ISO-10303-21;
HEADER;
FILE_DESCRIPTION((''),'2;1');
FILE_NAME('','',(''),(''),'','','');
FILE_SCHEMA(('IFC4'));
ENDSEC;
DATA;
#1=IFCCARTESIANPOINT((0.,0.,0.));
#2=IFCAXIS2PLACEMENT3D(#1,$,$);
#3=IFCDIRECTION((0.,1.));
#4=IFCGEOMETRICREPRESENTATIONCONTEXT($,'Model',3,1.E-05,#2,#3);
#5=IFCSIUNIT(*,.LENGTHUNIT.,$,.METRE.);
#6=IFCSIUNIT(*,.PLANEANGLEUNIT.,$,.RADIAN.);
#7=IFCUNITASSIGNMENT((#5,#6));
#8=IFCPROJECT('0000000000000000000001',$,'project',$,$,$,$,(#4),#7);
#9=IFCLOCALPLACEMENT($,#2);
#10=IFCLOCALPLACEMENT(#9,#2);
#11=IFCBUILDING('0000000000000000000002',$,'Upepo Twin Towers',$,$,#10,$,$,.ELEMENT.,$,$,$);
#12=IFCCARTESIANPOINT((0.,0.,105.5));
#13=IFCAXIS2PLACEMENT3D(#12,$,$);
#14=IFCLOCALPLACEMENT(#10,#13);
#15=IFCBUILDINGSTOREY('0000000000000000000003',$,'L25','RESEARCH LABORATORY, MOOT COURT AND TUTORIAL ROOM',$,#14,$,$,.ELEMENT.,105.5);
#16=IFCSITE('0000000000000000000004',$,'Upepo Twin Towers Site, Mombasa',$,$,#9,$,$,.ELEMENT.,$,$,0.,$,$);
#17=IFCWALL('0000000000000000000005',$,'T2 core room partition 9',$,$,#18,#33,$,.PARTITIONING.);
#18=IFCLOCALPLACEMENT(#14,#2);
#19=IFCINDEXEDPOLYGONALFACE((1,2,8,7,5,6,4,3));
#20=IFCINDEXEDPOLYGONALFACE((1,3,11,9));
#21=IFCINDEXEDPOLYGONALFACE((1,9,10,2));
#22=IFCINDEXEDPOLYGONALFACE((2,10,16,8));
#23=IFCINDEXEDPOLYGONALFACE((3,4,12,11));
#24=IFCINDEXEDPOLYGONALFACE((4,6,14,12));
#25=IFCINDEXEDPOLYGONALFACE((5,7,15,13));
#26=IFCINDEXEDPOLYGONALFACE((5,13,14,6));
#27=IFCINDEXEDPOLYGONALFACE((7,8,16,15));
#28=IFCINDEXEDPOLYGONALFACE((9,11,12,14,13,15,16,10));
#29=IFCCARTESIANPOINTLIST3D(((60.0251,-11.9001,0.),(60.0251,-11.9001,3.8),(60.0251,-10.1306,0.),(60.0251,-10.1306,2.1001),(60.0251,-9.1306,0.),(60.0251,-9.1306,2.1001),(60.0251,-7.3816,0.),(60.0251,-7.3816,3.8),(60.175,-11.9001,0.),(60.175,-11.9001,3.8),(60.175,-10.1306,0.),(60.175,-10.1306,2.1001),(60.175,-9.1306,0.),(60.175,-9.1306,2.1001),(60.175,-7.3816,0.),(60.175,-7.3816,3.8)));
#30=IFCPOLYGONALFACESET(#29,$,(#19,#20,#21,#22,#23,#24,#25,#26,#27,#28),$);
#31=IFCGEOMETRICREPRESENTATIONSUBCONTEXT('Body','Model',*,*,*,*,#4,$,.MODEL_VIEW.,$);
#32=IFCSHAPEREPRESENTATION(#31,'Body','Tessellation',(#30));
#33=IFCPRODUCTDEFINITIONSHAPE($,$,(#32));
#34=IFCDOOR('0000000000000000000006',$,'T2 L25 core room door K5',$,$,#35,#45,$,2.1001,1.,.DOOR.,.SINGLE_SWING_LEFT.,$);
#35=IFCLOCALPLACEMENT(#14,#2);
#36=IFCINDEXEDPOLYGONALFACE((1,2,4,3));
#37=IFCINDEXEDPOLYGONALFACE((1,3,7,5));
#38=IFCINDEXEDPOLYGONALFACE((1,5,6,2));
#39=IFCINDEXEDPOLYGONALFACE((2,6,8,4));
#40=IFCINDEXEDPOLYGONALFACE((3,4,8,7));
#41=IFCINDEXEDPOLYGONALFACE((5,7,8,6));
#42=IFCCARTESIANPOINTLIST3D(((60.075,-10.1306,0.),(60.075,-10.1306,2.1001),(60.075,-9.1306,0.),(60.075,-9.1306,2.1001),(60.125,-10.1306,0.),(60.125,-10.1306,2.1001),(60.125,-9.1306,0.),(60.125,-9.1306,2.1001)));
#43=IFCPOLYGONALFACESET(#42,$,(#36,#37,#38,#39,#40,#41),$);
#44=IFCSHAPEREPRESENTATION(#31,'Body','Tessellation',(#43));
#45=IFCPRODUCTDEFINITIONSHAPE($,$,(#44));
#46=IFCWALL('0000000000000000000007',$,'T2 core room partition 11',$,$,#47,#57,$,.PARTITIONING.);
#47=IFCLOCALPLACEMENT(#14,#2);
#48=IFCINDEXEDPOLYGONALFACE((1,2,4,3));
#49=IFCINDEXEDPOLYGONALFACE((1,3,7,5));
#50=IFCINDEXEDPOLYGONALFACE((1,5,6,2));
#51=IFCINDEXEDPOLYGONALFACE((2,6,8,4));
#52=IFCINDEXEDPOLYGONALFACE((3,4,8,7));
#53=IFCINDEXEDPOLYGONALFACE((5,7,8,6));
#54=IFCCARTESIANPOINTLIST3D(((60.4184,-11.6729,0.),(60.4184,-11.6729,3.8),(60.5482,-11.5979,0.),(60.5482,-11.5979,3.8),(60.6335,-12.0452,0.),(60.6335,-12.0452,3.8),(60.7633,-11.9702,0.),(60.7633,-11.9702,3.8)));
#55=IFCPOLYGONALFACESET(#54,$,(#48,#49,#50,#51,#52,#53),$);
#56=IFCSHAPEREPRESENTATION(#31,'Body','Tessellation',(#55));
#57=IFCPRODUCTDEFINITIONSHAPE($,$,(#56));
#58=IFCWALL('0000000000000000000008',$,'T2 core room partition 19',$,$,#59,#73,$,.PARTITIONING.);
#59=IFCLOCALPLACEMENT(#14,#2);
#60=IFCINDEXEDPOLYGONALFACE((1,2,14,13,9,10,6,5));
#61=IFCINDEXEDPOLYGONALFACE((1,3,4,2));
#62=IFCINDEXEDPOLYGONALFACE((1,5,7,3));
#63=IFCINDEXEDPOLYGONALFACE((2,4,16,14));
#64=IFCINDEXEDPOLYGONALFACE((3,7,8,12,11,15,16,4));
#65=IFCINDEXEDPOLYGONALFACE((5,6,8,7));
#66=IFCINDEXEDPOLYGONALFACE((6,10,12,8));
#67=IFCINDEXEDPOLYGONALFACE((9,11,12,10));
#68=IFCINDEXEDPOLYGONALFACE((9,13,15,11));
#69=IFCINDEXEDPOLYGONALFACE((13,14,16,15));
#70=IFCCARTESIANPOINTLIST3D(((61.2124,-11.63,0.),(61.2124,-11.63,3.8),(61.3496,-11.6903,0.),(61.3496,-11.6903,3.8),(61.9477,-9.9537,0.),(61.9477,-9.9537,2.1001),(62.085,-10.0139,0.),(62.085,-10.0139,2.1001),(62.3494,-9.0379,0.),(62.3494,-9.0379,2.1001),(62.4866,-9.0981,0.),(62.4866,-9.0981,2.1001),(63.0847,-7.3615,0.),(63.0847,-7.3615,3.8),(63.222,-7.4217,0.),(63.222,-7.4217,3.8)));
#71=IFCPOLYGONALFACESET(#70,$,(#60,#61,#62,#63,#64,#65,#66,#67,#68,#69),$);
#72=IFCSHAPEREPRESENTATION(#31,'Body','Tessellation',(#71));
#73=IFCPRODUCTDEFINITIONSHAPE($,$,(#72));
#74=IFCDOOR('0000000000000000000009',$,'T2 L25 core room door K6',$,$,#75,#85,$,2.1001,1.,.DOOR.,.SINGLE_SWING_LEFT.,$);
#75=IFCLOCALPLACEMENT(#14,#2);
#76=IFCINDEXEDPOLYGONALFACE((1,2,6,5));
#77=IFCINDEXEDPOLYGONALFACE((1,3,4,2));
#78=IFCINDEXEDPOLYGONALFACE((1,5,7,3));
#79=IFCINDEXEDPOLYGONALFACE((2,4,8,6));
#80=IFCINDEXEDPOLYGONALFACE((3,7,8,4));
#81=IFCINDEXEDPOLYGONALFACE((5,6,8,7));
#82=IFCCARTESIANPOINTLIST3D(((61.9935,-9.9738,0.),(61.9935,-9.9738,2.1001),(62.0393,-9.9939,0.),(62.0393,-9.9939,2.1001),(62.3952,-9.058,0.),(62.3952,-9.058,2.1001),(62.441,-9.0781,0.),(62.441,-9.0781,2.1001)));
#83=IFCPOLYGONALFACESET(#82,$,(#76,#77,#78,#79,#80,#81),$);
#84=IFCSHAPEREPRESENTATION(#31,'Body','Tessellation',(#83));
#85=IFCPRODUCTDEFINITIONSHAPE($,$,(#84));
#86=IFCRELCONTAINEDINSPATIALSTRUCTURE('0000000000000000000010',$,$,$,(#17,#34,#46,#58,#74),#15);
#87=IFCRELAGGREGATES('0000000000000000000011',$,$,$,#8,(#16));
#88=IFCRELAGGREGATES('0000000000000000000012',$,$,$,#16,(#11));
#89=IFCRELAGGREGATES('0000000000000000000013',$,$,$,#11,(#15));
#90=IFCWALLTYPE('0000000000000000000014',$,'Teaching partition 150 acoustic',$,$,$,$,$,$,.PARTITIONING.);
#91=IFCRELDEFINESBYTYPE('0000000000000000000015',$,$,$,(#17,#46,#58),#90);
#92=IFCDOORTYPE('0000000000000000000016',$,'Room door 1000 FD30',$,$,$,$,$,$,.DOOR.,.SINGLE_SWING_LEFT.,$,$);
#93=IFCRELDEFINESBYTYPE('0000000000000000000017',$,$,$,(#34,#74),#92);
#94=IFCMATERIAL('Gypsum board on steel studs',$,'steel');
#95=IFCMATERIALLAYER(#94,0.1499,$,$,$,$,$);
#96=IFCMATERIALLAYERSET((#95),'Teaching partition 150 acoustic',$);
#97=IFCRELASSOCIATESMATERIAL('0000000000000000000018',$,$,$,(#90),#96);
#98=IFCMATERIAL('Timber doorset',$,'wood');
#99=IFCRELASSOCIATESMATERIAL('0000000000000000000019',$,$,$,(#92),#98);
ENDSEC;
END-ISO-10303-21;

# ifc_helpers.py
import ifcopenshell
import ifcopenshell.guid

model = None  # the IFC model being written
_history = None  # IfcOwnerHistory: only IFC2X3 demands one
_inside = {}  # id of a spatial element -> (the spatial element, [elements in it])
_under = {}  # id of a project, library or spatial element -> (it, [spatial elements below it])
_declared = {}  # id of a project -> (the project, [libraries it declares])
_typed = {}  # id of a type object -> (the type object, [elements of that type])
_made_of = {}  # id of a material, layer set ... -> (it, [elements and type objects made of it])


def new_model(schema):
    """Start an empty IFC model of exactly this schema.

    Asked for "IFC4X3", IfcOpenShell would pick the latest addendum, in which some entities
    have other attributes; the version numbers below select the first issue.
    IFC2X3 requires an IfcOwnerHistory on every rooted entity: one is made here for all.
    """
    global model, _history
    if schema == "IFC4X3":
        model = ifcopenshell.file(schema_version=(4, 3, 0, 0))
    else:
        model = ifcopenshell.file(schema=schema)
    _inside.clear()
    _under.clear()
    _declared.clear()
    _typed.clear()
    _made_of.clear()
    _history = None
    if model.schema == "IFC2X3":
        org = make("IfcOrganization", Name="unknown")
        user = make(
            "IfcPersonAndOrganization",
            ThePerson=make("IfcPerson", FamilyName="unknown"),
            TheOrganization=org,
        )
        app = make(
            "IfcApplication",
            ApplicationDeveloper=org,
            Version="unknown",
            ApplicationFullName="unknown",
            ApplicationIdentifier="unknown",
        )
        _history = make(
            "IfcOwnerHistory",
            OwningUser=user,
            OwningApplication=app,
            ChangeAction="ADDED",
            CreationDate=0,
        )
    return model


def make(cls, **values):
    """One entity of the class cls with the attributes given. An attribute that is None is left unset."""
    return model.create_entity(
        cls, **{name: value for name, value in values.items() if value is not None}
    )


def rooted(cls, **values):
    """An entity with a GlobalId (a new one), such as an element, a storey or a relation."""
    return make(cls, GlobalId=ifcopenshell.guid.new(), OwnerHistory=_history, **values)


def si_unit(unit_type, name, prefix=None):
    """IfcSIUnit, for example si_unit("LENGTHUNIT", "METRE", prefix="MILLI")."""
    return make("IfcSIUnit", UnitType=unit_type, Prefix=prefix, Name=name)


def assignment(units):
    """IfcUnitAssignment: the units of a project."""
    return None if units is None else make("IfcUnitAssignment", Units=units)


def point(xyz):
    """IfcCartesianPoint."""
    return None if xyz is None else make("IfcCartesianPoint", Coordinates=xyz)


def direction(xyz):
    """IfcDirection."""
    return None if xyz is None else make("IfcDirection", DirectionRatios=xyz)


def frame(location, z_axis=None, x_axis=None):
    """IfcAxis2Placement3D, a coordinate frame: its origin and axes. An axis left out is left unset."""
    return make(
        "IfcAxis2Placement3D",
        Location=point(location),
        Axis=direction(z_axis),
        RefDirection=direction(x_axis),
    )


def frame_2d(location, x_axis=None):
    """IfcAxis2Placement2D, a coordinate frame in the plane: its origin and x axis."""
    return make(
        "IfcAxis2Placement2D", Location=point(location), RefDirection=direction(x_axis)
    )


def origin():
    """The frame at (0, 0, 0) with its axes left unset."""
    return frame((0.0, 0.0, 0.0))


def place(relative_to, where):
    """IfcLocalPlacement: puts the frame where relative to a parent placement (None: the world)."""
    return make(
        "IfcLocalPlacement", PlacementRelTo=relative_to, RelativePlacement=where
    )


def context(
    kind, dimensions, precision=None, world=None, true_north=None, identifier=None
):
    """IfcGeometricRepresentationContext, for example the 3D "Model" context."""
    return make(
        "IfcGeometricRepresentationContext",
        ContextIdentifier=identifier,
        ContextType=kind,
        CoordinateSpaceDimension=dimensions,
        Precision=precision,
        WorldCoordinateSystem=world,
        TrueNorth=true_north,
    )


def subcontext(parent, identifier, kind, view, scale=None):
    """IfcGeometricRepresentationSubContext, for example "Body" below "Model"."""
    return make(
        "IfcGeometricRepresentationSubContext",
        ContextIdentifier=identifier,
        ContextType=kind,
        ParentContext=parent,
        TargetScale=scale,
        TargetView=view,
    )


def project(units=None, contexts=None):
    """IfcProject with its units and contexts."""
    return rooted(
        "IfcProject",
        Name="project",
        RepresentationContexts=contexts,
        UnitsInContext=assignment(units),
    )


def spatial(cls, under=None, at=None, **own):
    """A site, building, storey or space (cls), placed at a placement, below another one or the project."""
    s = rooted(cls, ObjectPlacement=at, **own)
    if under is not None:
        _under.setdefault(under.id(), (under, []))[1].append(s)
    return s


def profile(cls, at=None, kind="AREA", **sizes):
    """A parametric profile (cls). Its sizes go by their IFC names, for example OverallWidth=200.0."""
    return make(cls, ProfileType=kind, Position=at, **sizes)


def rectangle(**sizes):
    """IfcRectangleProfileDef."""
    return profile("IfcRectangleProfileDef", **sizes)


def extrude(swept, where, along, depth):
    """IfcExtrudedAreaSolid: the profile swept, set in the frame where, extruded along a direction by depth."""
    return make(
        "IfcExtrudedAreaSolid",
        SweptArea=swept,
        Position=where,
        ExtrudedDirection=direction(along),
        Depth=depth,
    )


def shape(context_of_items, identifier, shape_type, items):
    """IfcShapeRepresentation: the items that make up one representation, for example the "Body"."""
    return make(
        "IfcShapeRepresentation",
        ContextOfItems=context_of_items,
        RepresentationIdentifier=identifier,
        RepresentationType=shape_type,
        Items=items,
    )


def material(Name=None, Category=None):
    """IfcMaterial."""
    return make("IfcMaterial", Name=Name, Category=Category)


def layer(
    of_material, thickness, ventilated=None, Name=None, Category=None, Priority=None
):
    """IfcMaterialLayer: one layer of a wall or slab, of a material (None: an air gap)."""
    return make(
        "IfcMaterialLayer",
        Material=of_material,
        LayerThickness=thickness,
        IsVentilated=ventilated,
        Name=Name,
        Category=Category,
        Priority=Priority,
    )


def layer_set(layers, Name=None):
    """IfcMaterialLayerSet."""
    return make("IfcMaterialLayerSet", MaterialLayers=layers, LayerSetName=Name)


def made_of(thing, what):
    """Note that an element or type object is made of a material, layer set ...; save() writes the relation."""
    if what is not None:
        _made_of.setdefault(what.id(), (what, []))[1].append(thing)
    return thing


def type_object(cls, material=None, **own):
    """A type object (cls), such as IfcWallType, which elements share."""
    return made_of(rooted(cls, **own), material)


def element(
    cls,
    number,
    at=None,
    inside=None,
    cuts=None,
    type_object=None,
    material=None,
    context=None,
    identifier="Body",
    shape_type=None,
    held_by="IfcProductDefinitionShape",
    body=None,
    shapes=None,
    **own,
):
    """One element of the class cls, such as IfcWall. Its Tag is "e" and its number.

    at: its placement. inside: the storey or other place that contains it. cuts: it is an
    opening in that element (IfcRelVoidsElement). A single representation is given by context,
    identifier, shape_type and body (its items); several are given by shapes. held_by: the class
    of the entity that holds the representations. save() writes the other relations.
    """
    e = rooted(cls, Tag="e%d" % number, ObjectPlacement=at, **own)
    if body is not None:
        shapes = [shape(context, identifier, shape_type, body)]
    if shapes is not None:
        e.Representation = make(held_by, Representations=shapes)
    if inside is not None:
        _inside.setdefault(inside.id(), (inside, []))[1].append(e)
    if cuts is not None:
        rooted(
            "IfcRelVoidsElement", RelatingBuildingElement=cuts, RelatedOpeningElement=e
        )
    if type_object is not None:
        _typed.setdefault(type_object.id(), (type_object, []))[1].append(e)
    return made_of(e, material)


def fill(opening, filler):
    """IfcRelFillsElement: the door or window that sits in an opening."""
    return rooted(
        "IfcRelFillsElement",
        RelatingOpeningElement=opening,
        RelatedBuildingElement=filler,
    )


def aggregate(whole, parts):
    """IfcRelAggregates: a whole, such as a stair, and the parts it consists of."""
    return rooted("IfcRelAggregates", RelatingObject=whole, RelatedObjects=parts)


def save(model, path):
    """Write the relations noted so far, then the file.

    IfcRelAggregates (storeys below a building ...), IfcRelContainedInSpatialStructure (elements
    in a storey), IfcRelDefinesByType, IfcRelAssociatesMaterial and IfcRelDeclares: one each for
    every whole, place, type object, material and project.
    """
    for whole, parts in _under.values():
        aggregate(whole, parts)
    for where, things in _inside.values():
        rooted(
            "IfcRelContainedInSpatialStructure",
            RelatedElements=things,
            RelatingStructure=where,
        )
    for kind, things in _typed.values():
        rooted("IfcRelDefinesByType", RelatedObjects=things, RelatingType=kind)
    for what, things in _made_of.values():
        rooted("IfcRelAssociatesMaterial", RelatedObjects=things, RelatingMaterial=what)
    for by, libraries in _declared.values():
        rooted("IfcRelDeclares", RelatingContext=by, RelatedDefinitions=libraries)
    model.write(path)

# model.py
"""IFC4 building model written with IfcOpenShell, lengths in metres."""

from ifc_helpers import new_model, si_unit, direction, frame, frame_2d, origin, place, context, subcontext, project, spatial, rectangle, extrude, material, layer, layer_set, type_object, element, fill, save


model = new_model("IFC4")

# Units and contexts
model_context = context("Model", 3, precision=1e-05, world=origin(), true_north=direction((0.0, 1.0)))
body_context = subcontext(model_context, "Body", "Model", "MODEL_VIEW")
ifc_project = project(units=[si_unit("LENGTHUNIT", "METRE"), si_unit("PLANEANGLEUNIT", "RADIAN")], contexts=[model_context])

# Site, building, storey
site_placement = place(None, origin())
site = spatial("IfcSite", under=ifc_project, at=site_placement, Name="Upepo Twin Towers Site, Mombasa", CompositionType="ELEMENT", RefElevation=0.0)
building_placement = place(site_placement, origin())
building = spatial("IfcBuilding", under=site, at=building_placement, Name="Upepo Twin Towers", CompositionType="ELEMENT")
storey_placement = place(building_placement, frame((0.0, 0.0, 105.5)))
storey = spatial("IfcBuildingStorey", under=building, at=storey_placement, Name="L25", Description="RESEARCH LABORATORY, MOOT COURT AND TUTORIAL ROOM", CompositionType="ELEMENT", Elevation=105.5)

# Wall, opening, door
ifc_material_1 = material(Name="Gypsum board on steel studs", Category="steel")
ifc_layer_1 = layer(ifc_material_1, 0.1499)
ifc_layer_set_1 = layer_set([ifc_layer_1], Name="Teaching partition 150 acoustic")
wall_type_1 = type_object("IfcWallType", Name="Teaching partition 150 acoustic", PredefinedType="PARTITIONING", material=ifc_layer_set_1)
wall_1_placement = place(storey_placement, frame((60.1001, -7.3816, 0.0), z_axis=(0.0, 0.0, 1.0), x_axis=(0.0, -1.0, 0.0)))
wall_1 = element("IfcWall", 1, at=wall_1_placement, inside=storey, type_object=wall_type_1, Name="T2 core room partition 9", PredefinedType="PARTITIONING", context=body_context, shape_type="SweptSolid", body=[
    extrude(rectangle(XDim=4.5186, YDim=0.1499, at=frame_2d((2.2593, 0.0))), origin(), (0.0, 0.0, 1.0), 3.8),
])
opening_1_placement = place(wall_1_placement, frame((1.749, 0.0, 0.0)))
opening_1 = element("IfcOpeningElement", 2, at=opening_1_placement, cuts=wall_1, PredefinedType="OPENING", context=body_context, shape_type="SweptSolid", body=[
    extrude(rectangle(XDim=1.0, YDim=2.1001, at=frame_2d((0.5, 1.05))), frame((0.0, 0.085, 0.0), z_axis=(0.0, -1.0, 0.0), x_axis=(1.0, 0.0, 0.0)), (0.0, 0.0, 1.0), 0.1699),
])
ifc_material_2 = material(Name="Timber doorset", Category="wood")
door_type_1 = type_object("IfcDoorType", Name="Room door 1000 FD30", OperationType="SINGLE_SWING_LEFT", PredefinedType="DOOR", material=ifc_material_2)
door_1_placement = place(opening_1_placement, origin())
door_1 = element("IfcDoor", 3, at=door_1_placement, inside=storey, type_object=door_type_1, Name="T2 L25 core room door K5", OperationType="SINGLE_SWING_LEFT", OverallHeight=2.1001, OverallWidth=1.0, PredefinedType="DOOR", context=body_context, shape_type="SweptSolid", body=[
    extrude(rectangle(XDim=1.0, YDim=2.1001, at=frame_2d((0.5, 1.05))), frame((0.0, 0.0249, 0.0), z_axis=(0.0, -1.0, 0.0), x_axis=(1.0, 0.0, 0.0)), (0.0, 0.0, 1.0), 0.05),
])
fill(opening_1, door_1)

# Wall
wall_2_placement = place(storey_placement, frame((60.4834, -11.6355, 0.0), z_axis=(0.0, 0.0, 1.0), x_axis=(0.50023, -0.865892, 0.0)))
element("IfcWall", 4, at=wall_2_placement, inside=storey, type_object=wall_type_1, Name="T2 core room partition 11", PredefinedType="PARTITIONING", context=body_context, shape_type="SweptSolid", body=[
    extrude(rectangle(XDim=0.4299, YDim=0.1499, at=frame_2d((0.2148, 0.0))), origin(), (0.0, 0.0, 1.0), 3.8),
])

# Wall, opening, door
wall_3_placement = place(storey_placement, frame((61.281, -11.6602, 0.0), z_axis=(0.0, 0.0, 1.0), x_axis=(0.401687, 0.915777, 0.0)))
wall_3 = element("IfcWall", 5, at=wall_3_placement, inside=storey, type_object=wall_type_1, Name="T2 core room partition 19", PredefinedType="PARTITIONING", context=body_context, shape_type="SweptSolid", body=[
    extrude(rectangle(XDim=4.6611, YDim=0.1499, at=frame_2d((2.3306, 0.0))), origin(), (0.0, 0.0, 1.0), 3.8),
])
opening_2_placement = place(wall_3_placement, frame((1.8306, 0.0, 0.0)))
opening_2 = element("IfcOpeningElement", 6, at=opening_2_placement, cuts=wall_3, PredefinedType="OPENING", context=body_context, shape_type="SweptSolid", body=[
    extrude(rectangle(XDim=1.0, YDim=2.1001, at=frame_2d((0.5, 1.05))), frame((0.0, 0.085, 0.0), z_axis=(0.0, -1.0, 0.0), x_axis=(1.0, 0.0, 0.0)), (0.0, 0.0, 1.0), 0.1699),
])
door_2_placement = place(opening_2_placement, origin())
door_2 = element("IfcDoor", 7, at=door_2_placement, inside=storey, type_object=door_type_1, Name="T2 L25 core room door K6", OperationType="SINGLE_SWING_LEFT", OverallHeight=2.1001, OverallWidth=1.0, PredefinedType="DOOR", context=body_context, shape_type="SweptSolid", body=[
    extrude(rectangle(XDim=1.0, YDim=2.1001, at=frame_2d((0.5, 1.05))), frame((0.0, 0.0249, 0.0), z_axis=(0.0, -1.0, 0.0), x_axis=(1.0, 0.0, 0.0)), (0.0, 0.0, 1.0), 0.05),
])
fill(opening_2, door_2)

save(model, "model.ifc")
